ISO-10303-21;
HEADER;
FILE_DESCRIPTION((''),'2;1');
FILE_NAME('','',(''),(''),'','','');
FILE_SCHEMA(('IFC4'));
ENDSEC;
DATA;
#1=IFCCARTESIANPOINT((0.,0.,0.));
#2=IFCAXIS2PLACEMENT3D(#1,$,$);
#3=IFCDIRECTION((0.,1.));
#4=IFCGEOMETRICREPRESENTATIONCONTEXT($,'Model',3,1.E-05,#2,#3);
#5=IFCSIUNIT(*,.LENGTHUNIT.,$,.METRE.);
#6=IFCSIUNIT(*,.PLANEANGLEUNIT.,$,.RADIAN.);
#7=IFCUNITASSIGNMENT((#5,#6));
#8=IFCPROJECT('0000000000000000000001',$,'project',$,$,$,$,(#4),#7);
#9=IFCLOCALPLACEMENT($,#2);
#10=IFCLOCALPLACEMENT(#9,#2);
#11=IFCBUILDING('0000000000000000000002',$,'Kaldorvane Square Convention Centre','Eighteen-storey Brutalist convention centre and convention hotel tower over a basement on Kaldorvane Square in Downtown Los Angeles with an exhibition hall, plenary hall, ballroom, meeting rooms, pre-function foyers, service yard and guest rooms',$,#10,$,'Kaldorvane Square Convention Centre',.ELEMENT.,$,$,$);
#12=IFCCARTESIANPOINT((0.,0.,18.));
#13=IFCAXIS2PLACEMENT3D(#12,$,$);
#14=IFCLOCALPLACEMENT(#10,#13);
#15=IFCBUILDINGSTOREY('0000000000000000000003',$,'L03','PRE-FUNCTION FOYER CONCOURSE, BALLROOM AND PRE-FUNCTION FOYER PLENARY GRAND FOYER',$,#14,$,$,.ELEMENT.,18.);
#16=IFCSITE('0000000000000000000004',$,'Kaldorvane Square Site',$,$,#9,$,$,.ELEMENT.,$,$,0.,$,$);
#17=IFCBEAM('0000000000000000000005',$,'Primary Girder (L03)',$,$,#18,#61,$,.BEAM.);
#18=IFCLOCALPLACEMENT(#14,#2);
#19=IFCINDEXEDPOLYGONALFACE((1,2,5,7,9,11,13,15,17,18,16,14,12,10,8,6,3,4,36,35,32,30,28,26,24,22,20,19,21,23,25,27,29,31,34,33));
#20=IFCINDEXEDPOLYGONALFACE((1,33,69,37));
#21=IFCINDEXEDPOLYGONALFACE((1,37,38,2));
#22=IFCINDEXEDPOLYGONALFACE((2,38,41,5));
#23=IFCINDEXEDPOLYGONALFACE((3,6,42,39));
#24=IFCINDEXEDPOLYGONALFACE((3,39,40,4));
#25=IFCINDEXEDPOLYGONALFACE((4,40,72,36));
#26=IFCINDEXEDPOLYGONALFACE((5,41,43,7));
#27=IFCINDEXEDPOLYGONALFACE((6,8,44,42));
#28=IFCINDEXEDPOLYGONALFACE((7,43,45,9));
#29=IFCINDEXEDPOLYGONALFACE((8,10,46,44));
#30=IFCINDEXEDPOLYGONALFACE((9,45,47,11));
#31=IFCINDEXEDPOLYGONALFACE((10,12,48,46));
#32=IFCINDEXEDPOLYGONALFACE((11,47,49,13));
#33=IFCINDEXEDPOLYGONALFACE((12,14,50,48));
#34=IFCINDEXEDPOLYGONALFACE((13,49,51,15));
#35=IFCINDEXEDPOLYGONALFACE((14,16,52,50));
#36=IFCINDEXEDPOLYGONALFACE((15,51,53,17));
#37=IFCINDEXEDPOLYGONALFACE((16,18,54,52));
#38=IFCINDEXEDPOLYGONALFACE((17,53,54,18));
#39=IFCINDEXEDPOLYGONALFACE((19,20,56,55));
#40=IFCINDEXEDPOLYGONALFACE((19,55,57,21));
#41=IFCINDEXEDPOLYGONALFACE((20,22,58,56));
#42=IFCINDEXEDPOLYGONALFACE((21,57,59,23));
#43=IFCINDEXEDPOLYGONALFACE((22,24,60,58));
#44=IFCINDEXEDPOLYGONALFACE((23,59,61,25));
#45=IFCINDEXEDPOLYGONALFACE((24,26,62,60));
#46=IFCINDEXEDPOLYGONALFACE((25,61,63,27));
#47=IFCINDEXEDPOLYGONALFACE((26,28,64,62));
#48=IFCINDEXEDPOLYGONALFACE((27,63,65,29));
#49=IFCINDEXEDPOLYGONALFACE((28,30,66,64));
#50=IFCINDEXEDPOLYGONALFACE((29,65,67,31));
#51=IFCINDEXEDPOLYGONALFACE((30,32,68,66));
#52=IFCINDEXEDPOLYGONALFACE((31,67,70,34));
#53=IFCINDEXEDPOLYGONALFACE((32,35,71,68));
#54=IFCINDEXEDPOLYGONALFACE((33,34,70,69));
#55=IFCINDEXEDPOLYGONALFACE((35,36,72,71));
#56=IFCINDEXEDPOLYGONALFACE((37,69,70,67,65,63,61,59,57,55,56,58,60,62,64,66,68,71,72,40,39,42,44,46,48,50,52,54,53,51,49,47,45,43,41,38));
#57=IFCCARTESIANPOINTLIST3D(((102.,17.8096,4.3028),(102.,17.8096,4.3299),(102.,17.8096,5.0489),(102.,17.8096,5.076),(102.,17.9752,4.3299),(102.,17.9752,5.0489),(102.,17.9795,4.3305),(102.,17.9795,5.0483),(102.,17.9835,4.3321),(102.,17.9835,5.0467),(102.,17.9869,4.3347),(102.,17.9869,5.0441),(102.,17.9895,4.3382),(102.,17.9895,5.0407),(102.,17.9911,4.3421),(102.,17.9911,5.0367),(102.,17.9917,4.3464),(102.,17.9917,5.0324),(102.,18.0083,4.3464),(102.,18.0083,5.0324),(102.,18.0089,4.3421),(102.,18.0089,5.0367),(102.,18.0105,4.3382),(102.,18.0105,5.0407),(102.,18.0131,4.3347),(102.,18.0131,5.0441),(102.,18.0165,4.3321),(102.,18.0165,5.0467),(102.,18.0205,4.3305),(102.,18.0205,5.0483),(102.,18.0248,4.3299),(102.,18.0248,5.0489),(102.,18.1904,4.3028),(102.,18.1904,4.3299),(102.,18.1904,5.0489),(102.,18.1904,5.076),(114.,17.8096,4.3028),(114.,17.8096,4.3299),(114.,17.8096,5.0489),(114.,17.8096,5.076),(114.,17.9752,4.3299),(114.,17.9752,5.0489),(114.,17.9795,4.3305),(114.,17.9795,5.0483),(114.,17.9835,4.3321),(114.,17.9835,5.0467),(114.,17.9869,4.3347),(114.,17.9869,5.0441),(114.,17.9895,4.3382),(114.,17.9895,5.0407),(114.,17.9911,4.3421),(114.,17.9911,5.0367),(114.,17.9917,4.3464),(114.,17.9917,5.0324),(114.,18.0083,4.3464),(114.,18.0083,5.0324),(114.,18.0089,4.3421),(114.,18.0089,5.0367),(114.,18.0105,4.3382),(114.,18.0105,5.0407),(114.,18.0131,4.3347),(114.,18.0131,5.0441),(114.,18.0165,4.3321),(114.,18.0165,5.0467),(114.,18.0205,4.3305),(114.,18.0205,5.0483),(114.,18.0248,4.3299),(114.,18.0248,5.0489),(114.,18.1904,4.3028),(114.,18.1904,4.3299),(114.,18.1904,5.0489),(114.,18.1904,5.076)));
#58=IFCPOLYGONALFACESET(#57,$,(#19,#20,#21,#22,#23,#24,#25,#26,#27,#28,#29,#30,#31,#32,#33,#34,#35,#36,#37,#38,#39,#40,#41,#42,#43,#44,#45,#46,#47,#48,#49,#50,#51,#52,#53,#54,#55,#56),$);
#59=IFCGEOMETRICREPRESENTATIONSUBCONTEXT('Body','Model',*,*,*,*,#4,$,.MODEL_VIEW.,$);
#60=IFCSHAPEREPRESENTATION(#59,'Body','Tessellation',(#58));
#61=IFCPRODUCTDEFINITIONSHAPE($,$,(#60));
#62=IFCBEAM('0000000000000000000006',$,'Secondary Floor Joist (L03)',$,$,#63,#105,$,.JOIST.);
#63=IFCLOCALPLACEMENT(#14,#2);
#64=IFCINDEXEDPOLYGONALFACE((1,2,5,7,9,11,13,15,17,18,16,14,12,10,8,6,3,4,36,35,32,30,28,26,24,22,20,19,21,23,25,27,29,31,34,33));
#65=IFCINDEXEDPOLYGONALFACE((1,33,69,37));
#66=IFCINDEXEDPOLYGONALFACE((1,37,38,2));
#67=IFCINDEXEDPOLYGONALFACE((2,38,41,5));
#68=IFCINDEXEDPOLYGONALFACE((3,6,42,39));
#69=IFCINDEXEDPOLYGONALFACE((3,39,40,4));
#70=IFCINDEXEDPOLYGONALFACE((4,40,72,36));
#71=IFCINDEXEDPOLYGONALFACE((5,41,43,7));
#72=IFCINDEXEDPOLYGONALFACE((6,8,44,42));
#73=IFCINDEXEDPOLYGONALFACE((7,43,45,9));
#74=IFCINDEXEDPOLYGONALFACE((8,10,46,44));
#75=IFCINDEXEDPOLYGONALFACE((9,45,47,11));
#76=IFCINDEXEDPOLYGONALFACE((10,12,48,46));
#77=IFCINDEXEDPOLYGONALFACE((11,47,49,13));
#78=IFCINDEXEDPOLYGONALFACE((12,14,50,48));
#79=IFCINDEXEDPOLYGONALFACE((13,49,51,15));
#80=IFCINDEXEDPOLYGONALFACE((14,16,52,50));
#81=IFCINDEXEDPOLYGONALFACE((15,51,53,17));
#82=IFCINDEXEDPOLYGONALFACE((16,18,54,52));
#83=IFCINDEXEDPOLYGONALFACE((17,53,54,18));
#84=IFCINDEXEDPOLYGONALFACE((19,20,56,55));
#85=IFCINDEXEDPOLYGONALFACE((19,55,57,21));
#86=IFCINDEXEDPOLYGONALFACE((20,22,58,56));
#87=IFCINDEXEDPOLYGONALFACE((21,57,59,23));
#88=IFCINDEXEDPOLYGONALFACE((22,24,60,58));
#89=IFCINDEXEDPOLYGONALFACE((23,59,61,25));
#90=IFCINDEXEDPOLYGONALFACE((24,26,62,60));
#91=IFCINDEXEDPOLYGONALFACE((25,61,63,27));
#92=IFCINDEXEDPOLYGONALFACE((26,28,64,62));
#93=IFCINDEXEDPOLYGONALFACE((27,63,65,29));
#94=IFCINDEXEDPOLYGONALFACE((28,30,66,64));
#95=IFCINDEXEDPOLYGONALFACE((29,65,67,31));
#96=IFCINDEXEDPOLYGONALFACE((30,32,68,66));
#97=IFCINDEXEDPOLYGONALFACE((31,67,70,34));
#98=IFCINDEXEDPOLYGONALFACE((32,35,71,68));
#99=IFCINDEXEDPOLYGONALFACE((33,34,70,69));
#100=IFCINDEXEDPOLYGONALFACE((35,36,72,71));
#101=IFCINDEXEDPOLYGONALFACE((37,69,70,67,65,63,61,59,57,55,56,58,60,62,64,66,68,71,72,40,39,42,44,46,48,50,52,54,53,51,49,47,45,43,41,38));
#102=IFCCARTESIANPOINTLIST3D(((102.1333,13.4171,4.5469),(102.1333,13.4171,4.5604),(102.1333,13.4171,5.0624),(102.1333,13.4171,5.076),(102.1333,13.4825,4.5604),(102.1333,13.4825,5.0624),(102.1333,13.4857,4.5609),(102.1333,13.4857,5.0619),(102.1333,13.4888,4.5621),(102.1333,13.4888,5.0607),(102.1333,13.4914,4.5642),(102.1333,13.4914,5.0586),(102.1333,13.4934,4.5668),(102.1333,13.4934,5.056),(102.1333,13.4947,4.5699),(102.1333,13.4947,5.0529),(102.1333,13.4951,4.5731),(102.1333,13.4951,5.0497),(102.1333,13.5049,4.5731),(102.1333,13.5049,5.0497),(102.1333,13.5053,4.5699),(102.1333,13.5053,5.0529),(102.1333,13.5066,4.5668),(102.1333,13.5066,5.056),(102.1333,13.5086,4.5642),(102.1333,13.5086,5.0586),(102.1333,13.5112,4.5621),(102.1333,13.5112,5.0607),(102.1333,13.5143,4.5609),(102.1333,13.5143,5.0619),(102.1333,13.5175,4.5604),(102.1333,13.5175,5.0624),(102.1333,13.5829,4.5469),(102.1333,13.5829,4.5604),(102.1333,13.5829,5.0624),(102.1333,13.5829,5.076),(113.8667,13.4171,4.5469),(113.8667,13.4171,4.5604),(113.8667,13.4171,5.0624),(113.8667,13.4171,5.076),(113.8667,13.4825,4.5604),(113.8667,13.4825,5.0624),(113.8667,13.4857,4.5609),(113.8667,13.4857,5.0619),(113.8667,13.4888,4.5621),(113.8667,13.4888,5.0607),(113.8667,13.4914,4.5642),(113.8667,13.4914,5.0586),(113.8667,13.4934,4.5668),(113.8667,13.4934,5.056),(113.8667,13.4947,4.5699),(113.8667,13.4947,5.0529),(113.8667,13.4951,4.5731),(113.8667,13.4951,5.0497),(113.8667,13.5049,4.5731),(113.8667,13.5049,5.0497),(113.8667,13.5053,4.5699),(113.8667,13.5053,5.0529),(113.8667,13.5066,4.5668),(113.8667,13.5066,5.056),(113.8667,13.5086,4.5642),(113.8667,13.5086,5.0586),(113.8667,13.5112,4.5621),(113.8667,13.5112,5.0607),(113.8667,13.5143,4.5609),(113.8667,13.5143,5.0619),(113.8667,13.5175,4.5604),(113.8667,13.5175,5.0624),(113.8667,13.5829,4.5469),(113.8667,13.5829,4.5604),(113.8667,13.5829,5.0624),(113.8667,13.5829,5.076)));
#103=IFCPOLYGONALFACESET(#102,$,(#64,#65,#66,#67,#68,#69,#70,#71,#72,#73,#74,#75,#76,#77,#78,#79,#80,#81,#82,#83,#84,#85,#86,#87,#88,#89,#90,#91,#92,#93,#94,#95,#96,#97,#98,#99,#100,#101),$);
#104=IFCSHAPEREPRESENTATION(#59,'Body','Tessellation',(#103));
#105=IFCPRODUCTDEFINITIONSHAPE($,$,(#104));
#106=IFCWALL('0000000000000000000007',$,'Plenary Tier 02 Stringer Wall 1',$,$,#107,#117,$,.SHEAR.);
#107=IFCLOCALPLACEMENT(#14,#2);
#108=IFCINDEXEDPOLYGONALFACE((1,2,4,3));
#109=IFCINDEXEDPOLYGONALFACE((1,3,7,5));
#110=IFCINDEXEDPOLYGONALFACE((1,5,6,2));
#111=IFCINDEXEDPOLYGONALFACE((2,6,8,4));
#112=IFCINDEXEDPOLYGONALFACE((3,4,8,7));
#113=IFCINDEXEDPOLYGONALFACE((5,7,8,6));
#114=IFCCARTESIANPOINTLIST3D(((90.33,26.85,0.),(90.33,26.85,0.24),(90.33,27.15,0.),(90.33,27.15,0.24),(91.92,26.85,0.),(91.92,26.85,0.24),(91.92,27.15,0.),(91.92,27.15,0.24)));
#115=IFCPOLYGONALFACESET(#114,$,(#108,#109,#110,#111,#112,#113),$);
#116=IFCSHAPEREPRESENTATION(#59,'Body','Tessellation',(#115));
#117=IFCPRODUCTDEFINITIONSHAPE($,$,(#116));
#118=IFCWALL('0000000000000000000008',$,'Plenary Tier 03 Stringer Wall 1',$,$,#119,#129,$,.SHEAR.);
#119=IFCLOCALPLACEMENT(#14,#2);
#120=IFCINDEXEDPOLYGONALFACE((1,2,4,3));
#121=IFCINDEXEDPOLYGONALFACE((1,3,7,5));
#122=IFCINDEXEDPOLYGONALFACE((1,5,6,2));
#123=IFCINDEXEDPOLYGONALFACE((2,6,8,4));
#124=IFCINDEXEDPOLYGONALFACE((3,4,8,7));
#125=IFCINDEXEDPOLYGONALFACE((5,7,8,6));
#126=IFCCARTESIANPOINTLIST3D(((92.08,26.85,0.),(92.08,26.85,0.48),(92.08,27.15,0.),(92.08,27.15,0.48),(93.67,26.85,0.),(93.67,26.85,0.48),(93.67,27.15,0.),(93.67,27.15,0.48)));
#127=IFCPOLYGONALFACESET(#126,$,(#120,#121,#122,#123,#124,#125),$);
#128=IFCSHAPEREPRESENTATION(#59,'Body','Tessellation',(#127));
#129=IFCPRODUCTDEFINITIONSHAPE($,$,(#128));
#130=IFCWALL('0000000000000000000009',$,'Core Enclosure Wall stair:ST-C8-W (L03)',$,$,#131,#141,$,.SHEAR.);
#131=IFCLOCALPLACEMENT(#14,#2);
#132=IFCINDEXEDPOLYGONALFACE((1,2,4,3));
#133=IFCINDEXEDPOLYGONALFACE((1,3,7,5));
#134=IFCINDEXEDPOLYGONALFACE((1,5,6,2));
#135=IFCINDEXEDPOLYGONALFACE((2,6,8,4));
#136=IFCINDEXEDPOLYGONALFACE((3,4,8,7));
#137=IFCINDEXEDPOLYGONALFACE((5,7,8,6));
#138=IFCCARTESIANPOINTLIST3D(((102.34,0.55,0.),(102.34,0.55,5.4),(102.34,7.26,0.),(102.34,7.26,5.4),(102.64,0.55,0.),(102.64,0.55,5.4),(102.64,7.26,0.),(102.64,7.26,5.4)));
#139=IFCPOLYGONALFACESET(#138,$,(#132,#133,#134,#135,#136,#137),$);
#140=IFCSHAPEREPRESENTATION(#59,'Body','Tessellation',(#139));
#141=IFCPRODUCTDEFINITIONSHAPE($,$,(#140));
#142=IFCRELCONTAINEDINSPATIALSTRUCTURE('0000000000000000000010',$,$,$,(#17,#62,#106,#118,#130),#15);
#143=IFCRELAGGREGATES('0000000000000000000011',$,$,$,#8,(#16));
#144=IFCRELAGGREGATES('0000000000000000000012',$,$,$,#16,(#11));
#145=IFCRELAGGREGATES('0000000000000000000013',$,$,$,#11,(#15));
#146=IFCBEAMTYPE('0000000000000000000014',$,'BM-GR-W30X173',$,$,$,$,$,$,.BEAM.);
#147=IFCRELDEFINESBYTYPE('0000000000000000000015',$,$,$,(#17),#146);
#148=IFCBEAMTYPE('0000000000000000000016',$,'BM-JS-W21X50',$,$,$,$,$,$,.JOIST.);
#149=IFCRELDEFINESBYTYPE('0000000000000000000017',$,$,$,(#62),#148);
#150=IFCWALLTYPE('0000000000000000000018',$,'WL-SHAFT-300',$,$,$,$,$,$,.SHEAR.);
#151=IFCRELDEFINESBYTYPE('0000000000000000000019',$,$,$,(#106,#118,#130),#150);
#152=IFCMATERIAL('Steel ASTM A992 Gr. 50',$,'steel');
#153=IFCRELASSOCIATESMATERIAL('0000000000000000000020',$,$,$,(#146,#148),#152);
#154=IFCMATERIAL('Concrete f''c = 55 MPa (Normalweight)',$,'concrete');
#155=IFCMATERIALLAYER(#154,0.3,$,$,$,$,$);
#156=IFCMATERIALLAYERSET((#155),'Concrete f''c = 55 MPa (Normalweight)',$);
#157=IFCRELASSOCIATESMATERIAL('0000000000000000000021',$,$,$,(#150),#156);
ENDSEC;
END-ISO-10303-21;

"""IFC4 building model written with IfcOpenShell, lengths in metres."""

from ifc_helpers import new_model, si_unit, direction, frame, frame_2d, origin, origin_2d, place, context, subcontext, project, spatial, rectangle, i_section, extrude, material, layer, layer_set, material_profile, profile_set, type_object, element, save


model = new_model("IFC4")

# Units and contexts
model_context = context("Model", 3, precision=1e-05, world=origin(), true_north=direction((0.0, 1.0)))
body_context = subcontext(model_context, "Body", "Model", "MODEL_VIEW")
ifc_project = project(units=[si_unit("LENGTHUNIT", "METRE"), si_unit("PLANEANGLEUNIT", "RADIAN")], contexts=[model_context])

# Site, building, storey
site_placement = place(None, origin())
site = spatial("IfcSite", under=ifc_project, at=site_placement, Name="Kaldorvane Square Site", CompositionType="ELEMENT", RefElevation=0.0)
building_placement = place(site_placement, origin())
building = spatial("IfcBuilding", under=site, at=building_placement, Name="Kaldorvane Square Convention Centre", Description="Eighteen-storey Brutalist convention centre and convention hotel tower over a basement on Kaldorvane Square in Downtown Los Angeles with an exhibition hall, plenary hall, ballroom, meeting rooms, pre-function foyers, service yard and guest rooms", LongName="Kaldorvane Square Convention Centre", CompositionType="ELEMENT")
storey_placement = place(building_placement, frame((0.0, 0.0, 18.0)))
storey = spatial("IfcBuildingStorey", under=building, at=storey_placement, Name="L03", Description="PRE-FUNCTION FOYER CONCOURSE, BALLROOM AND PRE-FUNCTION FOYER PLENARY GRAND FOYER", CompositionType="ELEMENT", Elevation=18.0)

# Shared definitions
ifc_material_1 = material(Name="Concrete f'c = 55 MPa (Normalweight)", Category="concrete")
ifc_material_2 = material(Name="Steel ASTM A992 Gr. 50", Category="steel")

# Beams
ifc_material_profile_1 = material_profile(ifc_material_2, i_section(OverallWidth=0.3807, OverallDepth=0.7732, WebThickness=0.0166, FlangeThickness=0.0271, FilletRadius=0.0165, at=origin_2d()), Name="W30X173")
ifc_profile_set_1 = profile_set([ifc_material_profile_1], Name="Steel ASTM A992 Gr. 50")
beam_type_1 = type_object("IfcBeamType", Name="BM-GR-W30X173", PredefinedType="BEAM", material=ifc_profile_set_1)
for number, where, z_axis, x_axis, name in (
    (1, (102.0, 18.0, 4.6894), (1.0, 0.0, 0.0), (0.0, 1.0, 0.0), "Primary Girder (L03)"),
):
    element("IfcBeam", number, at=place(storey_placement, frame(where, z_axis=z_axis, x_axis=x_axis)), inside=storey, type_object=beam_type_1, Name=name, PredefinedType="BEAM", context=body_context, shape_type="SweptSolid", body=[
        extrude(i_section(OverallWidth=0.3807, OverallDepth=0.7732, WebThickness=0.0166, FlangeThickness=0.0271, FilletRadius=0.0165, at=origin_2d()), origin(), (0.0, 0.0, 1.0), 12.0),
    ])
ifc_material_profile_2 = material_profile(ifc_material_2, i_section(OverallWidth=0.1659, OverallDepth=0.5291, WebThickness=0.0097, FlangeThickness=0.0136, FilletRadius=0.0127, at=origin_2d()), Name="W21X50")
ifc_profile_set_2 = profile_set([ifc_material_profile_2], Name="Steel ASTM A992 Gr. 50")
beam_type_2 = type_object("IfcBeamType", Name="BM-JS-W21X50", PredefinedType="JOIST", material=ifc_profile_set_2)
beam_placement = place(storey_placement, frame((102.1333, 13.5, 4.8114), z_axis=(1.0, 0.0, 0.0), x_axis=(0.0, 1.0, 0.0)))
element("IfcBeam", 2, at=beam_placement, inside=storey, type_object=beam_type_2, Name="Secondary Floor Joist (L03)", PredefinedType="JOIST", context=body_context, shape_type="SweptSolid", body=[
    extrude(i_section(OverallWidth=0.1659, OverallDepth=0.5291, WebThickness=0.0097, FlangeThickness=0.0136, FilletRadius=0.0127, at=origin_2d()), origin(), (0.0, 0.0, 1.0), 11.7334),
])

# Walls
ifc_layer = layer(ifc_material_1, 0.3)
ifc_layer_set = layer_set([ifc_layer], Name="Concrete f'c = 55 MPa (Normalweight)")
wall_type = type_object("IfcWallType", Name="WL-SHAFT-300", PredefinedType="SHEAR", material=ifc_layer_set)
wall_1_placement = place(storey_placement, frame((90.33, 27.0, 0.0), z_axis=(0.0, 0.0, 1.0), x_axis=(1.0, 0.0, 0.0)))
element("IfcWall", 3, at=wall_1_placement, inside=storey, type_object=wall_type, Name="Plenary Tier 02 Stringer Wall 1", PredefinedType="SHEAR", context=body_context, shape_type="SweptSolid", body=[
    extrude(rectangle(XDim=1.59, YDim=0.3, at=frame_2d((0.795, 0.0))), origin(), (0.0, 0.0, 1.0), 0.24),
])
wall_2_placement = place(storey_placement, frame((92.08, 27.0, 0.0), z_axis=(0.0, 0.0, 1.0), x_axis=(1.0, 0.0, 0.0)))
element("IfcWall", 4, at=wall_2_placement, inside=storey, type_object=wall_type, Name="Plenary Tier 03 Stringer Wall 1", PredefinedType="SHEAR", context=body_context, shape_type="SweptSolid", body=[
    extrude(rectangle(XDim=1.59, YDim=0.3, at=frame_2d((0.795, 0.0))), origin(), (0.0, 0.0, 1.0), 0.48),
])
wall_3_placement = place(storey_placement, frame((102.49, 7.26, 0.0), z_axis=(0.0, 0.0, 1.0), x_axis=(0.0, -1.0, 0.0)))
element("IfcWall", 5, at=wall_3_placement, inside=storey, type_object=wall_type, Name="Core Enclosure Wall stair:ST-C8-W (L03)", PredefinedType="SHEAR", context=body_context, shape_type="SweptSolid", body=[
    extrude(rectangle(XDim=6.71, YDim=0.3, at=frame_2d((3.355, 0.0))), origin(), (0.0, 0.0, 1.0), 5.4),
])

save(model, "model.ifc")
